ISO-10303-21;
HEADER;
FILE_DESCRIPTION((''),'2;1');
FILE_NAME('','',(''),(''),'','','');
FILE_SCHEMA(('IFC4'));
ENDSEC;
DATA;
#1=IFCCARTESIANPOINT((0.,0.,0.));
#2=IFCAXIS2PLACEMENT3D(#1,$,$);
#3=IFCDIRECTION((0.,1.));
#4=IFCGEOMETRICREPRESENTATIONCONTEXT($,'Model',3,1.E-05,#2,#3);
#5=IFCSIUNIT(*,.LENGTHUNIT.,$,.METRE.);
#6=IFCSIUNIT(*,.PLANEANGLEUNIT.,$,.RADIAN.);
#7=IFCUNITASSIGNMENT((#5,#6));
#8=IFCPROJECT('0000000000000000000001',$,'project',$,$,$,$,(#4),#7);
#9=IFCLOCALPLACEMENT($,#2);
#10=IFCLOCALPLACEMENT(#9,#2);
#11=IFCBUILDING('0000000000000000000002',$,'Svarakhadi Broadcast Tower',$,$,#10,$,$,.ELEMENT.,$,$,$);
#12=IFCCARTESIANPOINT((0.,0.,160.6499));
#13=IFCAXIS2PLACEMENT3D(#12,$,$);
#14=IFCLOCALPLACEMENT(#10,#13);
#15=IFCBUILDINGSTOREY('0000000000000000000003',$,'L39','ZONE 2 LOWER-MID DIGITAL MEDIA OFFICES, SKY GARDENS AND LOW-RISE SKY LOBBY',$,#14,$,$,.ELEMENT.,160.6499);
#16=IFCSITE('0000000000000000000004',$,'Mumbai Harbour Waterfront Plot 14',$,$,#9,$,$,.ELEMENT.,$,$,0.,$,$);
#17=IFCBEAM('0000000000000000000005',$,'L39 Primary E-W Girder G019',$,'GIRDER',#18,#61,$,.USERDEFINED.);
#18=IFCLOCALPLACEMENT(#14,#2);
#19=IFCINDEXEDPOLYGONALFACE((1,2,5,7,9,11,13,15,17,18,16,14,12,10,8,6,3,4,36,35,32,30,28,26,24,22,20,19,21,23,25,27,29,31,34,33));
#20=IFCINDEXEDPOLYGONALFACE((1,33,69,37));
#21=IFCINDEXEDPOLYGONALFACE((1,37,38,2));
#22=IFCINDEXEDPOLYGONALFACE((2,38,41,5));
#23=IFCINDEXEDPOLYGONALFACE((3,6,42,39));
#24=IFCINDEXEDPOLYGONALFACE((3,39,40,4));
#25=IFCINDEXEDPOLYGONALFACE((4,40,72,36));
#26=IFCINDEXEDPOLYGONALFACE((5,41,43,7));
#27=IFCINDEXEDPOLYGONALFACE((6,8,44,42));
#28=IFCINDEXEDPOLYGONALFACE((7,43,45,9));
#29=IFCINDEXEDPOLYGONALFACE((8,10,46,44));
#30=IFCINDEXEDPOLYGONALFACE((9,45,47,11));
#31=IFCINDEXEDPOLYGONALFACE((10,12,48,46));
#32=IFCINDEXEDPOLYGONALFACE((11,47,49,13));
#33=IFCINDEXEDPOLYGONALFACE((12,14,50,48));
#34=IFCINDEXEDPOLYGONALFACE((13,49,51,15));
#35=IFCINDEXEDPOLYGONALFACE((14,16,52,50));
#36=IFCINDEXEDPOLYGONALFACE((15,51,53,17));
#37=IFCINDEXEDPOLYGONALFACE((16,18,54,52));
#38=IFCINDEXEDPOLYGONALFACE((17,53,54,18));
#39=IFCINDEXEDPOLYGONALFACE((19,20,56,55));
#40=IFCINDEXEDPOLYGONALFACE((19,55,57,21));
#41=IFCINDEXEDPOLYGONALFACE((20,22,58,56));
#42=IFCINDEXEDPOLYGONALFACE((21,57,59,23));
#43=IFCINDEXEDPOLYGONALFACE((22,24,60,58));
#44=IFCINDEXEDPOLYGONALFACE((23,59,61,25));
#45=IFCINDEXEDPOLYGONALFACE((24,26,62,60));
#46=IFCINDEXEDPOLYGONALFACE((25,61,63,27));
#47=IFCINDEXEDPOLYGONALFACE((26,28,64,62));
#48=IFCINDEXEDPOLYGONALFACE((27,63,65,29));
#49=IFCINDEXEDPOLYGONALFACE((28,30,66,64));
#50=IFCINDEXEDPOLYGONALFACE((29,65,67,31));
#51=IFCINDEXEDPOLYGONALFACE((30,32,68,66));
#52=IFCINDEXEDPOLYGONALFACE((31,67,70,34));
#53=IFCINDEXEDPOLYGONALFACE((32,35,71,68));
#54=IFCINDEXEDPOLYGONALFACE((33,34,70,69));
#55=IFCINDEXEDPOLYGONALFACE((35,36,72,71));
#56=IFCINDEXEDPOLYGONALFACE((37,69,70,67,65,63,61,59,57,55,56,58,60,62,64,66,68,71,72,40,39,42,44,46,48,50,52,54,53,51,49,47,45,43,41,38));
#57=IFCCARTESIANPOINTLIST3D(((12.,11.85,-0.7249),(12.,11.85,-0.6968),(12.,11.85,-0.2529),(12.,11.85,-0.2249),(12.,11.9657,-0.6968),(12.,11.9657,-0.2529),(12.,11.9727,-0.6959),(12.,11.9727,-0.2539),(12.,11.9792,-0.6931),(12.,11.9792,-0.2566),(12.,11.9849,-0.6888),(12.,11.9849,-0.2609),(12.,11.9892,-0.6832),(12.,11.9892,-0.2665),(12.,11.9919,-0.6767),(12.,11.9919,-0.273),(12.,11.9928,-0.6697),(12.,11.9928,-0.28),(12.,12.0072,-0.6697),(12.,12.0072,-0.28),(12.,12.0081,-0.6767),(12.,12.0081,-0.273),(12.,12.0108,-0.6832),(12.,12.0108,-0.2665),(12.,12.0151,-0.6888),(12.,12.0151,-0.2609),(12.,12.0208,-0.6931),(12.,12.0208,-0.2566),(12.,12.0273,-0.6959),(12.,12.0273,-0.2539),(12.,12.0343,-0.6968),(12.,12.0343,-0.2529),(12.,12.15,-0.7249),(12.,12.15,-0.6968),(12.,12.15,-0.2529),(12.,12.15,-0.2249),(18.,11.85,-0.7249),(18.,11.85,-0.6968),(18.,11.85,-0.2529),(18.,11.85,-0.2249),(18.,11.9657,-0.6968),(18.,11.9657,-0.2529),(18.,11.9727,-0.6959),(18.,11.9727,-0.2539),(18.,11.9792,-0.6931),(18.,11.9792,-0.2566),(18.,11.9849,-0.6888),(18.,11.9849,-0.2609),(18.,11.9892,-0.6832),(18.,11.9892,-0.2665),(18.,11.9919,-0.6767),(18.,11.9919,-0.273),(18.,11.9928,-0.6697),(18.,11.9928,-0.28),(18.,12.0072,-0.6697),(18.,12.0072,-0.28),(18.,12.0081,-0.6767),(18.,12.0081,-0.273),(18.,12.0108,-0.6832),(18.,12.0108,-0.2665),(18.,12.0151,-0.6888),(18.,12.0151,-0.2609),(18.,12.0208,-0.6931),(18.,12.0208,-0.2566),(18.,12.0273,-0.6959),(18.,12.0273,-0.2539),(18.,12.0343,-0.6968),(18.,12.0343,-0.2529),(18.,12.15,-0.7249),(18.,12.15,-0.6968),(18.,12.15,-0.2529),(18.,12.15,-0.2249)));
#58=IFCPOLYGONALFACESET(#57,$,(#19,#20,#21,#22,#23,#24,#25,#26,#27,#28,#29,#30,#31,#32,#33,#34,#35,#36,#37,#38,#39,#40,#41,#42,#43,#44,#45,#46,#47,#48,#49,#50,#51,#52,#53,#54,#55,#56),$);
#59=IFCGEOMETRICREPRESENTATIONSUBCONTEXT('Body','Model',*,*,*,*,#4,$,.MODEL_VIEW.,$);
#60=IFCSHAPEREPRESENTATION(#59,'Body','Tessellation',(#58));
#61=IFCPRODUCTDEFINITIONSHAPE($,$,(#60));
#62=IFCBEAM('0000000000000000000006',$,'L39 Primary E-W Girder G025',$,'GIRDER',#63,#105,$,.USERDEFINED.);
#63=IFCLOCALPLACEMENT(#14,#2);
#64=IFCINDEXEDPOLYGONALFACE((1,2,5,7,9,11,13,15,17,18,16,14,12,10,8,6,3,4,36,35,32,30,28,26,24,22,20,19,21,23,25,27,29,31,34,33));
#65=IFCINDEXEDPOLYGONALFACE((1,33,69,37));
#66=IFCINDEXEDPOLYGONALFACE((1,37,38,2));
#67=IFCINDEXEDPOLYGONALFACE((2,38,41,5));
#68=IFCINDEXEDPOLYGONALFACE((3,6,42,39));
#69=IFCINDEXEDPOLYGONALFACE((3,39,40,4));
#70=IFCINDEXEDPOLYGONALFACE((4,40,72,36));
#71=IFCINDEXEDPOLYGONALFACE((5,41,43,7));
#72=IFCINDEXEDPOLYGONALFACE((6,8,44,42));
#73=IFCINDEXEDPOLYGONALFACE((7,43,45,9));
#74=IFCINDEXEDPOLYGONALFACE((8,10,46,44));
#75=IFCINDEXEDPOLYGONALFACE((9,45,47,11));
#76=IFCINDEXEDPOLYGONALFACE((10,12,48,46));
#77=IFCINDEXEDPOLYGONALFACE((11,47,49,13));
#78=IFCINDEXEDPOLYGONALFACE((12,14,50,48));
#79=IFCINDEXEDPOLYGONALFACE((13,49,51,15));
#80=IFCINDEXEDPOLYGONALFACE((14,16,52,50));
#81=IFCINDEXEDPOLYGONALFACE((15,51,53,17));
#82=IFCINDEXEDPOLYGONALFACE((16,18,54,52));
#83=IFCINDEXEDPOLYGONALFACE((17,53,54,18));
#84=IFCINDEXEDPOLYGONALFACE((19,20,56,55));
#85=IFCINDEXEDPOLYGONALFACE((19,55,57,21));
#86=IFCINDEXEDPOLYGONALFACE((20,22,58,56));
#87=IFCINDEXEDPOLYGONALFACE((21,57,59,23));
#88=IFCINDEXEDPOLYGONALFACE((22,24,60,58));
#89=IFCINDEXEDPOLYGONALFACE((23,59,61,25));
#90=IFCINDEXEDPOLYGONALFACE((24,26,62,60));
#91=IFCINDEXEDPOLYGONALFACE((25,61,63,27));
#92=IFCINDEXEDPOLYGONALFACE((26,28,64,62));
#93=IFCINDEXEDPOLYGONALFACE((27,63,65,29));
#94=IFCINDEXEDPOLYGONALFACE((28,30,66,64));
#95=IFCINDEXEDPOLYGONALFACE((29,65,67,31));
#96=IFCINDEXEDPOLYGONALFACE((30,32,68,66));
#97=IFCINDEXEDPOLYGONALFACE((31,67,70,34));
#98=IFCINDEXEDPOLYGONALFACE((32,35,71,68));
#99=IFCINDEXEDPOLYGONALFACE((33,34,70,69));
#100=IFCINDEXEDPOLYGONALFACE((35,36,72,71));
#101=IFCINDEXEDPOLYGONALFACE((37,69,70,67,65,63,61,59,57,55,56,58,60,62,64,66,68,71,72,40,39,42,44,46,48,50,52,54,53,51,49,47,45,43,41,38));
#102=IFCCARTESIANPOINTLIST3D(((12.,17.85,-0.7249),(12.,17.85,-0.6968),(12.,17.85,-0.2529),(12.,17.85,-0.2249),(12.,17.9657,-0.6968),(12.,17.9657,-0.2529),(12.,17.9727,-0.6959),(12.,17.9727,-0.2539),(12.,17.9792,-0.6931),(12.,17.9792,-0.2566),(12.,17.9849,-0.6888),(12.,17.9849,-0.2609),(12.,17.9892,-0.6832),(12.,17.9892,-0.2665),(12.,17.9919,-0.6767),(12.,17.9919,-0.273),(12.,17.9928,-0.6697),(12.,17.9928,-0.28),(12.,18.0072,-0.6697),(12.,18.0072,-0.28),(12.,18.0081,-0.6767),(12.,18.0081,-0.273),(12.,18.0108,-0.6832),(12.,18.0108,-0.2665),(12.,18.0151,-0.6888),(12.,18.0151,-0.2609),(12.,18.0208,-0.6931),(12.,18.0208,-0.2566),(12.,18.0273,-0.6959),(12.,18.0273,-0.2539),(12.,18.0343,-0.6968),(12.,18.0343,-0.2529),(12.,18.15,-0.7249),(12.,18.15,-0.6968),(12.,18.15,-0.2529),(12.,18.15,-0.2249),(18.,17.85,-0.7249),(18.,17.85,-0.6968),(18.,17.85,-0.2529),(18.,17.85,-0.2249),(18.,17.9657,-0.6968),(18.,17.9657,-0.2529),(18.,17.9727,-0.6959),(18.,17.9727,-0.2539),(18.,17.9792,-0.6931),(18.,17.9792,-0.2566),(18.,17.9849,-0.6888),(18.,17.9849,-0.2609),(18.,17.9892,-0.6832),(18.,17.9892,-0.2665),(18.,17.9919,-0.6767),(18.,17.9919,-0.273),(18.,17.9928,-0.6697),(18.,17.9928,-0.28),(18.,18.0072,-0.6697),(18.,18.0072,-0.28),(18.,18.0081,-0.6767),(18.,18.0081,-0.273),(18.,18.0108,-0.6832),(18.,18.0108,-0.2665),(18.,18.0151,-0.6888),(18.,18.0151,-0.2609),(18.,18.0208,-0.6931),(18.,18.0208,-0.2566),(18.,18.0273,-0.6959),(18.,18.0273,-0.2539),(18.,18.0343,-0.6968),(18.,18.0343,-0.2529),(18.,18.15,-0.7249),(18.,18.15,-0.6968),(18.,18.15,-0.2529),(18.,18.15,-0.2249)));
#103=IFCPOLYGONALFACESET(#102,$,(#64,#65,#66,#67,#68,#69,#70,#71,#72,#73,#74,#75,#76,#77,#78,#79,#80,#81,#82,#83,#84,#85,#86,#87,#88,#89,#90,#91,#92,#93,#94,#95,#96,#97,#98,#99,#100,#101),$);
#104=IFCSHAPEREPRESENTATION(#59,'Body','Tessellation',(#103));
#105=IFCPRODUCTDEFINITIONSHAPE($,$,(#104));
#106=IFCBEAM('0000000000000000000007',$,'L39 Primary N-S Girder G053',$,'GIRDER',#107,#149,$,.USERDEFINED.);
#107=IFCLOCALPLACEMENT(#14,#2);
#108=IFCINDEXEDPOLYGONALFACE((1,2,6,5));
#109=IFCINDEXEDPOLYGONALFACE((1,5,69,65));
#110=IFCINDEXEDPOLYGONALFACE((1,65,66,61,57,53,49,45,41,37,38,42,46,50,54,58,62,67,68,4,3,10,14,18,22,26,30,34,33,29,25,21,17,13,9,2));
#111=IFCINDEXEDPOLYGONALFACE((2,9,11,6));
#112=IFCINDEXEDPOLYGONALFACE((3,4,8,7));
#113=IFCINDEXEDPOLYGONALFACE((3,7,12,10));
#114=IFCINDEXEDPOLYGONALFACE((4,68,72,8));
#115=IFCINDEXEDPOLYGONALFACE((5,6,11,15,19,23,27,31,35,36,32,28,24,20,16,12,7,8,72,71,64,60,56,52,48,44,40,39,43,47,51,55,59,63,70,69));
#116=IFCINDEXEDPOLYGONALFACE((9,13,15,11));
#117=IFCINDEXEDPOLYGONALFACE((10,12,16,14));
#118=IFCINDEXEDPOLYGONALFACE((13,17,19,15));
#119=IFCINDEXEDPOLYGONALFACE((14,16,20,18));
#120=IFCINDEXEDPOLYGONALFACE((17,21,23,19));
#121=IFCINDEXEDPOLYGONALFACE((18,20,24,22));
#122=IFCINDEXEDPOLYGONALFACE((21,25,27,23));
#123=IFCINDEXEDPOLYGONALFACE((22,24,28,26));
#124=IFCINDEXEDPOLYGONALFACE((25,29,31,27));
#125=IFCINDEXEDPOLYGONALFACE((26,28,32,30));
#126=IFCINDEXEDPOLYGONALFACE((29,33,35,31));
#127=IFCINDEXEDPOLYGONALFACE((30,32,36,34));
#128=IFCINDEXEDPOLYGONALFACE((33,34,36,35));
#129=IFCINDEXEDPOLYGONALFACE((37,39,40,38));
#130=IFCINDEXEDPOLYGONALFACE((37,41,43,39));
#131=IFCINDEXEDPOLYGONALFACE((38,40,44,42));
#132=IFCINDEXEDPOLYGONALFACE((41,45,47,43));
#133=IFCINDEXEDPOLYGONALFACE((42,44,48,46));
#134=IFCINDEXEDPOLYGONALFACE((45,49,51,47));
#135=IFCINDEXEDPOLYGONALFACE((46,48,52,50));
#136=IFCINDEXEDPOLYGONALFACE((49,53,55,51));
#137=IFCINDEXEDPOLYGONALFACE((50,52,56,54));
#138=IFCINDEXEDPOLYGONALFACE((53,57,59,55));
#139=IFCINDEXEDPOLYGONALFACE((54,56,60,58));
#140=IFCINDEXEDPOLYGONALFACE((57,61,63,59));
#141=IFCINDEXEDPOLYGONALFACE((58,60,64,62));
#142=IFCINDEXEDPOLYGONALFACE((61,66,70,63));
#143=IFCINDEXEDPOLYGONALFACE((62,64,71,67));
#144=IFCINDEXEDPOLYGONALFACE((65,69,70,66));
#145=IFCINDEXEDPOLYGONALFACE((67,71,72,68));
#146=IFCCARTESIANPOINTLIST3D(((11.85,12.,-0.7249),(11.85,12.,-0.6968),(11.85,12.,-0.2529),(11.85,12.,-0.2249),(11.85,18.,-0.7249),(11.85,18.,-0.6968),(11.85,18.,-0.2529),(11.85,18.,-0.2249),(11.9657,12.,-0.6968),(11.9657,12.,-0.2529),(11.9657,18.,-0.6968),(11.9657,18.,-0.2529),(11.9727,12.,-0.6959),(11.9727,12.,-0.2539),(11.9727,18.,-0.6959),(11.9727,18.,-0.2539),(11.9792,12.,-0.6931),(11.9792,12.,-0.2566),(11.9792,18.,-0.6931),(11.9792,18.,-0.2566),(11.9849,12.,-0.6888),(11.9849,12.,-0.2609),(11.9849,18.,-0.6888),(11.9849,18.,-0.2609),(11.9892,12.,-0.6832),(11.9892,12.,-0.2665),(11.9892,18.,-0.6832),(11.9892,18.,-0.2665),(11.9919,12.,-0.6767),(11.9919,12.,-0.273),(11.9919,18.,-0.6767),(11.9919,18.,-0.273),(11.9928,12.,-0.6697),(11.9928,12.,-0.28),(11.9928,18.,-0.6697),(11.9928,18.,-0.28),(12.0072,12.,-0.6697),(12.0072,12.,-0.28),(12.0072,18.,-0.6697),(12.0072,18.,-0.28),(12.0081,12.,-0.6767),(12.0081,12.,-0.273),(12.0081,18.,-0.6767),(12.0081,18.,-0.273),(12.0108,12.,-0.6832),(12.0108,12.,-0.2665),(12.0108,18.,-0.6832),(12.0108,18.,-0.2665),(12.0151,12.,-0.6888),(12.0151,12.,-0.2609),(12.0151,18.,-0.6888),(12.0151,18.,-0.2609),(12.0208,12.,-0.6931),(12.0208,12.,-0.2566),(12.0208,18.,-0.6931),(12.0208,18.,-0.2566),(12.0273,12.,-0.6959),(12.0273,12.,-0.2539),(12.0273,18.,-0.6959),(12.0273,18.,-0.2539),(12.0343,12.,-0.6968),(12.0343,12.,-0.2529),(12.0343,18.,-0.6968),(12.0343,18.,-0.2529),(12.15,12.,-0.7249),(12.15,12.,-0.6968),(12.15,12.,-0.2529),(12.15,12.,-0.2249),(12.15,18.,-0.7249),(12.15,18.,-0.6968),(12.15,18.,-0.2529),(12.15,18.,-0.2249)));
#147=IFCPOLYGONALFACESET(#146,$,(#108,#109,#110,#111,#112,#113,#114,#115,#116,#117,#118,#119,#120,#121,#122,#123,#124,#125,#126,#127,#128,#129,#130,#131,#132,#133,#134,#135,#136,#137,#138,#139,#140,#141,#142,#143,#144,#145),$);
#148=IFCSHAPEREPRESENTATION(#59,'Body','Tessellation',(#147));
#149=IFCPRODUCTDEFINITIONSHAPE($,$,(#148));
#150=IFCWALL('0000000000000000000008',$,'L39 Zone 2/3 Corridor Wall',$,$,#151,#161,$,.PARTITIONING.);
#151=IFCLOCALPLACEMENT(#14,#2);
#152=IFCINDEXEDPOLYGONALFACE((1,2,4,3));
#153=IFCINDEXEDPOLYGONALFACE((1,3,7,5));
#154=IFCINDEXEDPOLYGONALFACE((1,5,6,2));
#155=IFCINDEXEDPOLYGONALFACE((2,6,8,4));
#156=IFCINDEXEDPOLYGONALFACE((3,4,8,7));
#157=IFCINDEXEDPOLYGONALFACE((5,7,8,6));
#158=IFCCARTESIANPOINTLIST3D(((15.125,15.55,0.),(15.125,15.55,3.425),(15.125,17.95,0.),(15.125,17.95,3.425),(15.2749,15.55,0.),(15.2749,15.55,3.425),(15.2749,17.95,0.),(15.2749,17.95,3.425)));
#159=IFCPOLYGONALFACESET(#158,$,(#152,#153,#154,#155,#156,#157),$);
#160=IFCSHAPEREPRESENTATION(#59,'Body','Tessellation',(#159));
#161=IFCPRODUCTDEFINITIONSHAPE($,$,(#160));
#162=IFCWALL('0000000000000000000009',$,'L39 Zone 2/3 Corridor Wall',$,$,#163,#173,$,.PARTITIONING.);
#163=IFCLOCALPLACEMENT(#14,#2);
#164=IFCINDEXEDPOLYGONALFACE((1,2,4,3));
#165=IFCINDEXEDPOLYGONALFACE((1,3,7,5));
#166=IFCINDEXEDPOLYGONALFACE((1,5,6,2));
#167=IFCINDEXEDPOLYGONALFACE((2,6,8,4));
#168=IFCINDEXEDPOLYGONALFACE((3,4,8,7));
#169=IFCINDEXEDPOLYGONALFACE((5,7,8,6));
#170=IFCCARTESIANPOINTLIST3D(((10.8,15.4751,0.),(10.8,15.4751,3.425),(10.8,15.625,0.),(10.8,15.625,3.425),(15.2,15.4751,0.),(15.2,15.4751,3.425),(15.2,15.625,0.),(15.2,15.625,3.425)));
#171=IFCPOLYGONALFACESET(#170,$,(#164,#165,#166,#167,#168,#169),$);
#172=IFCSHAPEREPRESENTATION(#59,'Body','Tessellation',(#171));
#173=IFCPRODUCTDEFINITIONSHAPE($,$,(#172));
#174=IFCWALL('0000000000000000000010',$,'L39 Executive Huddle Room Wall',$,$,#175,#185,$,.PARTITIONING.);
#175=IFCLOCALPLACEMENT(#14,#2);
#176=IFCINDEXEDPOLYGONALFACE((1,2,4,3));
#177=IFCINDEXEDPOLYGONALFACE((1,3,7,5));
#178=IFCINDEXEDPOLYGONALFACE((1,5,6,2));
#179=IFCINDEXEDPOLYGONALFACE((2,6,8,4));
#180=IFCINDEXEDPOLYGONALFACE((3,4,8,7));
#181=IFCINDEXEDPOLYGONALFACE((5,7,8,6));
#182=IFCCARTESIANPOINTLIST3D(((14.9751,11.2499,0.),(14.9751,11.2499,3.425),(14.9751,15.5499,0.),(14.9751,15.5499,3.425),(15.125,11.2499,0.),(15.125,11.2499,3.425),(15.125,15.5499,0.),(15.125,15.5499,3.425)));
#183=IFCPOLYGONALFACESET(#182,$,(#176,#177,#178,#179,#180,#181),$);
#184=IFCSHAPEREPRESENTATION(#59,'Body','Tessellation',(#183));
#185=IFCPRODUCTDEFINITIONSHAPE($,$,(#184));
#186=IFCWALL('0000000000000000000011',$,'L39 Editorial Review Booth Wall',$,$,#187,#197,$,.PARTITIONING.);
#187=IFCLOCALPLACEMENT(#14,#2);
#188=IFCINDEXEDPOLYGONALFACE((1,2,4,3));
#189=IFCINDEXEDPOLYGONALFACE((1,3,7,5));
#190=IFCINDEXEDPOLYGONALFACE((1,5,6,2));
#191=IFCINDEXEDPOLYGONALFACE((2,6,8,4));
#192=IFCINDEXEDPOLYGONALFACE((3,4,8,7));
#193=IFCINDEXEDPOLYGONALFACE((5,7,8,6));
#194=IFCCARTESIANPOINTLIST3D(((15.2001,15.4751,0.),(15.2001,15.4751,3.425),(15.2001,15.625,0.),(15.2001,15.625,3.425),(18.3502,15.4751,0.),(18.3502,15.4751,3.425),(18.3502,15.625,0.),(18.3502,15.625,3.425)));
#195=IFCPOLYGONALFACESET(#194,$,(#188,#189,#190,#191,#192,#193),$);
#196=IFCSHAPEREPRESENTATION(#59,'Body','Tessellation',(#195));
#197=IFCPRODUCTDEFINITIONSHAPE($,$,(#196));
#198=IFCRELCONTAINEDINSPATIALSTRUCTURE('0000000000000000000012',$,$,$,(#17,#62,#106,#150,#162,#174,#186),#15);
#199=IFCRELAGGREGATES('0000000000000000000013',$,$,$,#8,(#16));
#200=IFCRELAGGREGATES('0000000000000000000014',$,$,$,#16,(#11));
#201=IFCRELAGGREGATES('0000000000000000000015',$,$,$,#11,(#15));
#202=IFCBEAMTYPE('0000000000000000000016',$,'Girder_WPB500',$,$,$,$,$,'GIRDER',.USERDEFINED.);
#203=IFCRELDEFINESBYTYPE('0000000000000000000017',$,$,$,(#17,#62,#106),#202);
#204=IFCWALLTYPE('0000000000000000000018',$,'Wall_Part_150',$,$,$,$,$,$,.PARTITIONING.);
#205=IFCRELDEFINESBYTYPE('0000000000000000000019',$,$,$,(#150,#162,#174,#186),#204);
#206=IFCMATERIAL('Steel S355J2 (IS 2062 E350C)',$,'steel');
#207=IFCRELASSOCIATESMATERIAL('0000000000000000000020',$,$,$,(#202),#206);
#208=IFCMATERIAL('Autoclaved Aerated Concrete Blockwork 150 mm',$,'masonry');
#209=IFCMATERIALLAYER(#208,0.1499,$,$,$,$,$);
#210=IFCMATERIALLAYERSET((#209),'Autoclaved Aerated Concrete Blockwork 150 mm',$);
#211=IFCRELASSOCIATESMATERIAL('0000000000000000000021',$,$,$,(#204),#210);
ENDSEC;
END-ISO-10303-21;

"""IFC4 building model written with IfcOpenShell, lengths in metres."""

from ifc_helpers import new_model, si_unit, direction, frame, frame_2d, origin, origin_2d, place, context, subcontext, project, spatial, rectangle, i_section, extrude, material, layer, layer_set, material_profile, profile_set, type_object, element, save


model = new_model("IFC4")

# Units and contexts
model_context = context("Model", 3, precision=1e-05, world=origin(), true_north=direction((0.0, 1.0)))
body_context = subcontext(model_context, "Body", "Model", "MODEL_VIEW")
ifc_project = project(units=[si_unit("LENGTHUNIT", "METRE"), si_unit("PLANEANGLEUNIT", "RADIAN")], contexts=[model_context])

# Site, building, storey
site_placement = place(None, origin())
site = spatial("IfcSite", under=ifc_project, at=site_placement, Name="Mumbai Harbour Waterfront Plot 14", CompositionType="ELEMENT", RefElevation=0.0)
building_placement = place(site_placement, origin())
building = spatial("IfcBuilding", under=site, at=building_placement, Name="Svarakhadi Broadcast Tower", CompositionType="ELEMENT")
storey_placement = place(building_placement, frame((0.0, 0.0, 160.6499)))
storey = spatial("IfcBuildingStorey", under=building, at=storey_placement, Name="L39", Description="ZONE 2 LOWER-MID DIGITAL MEDIA OFFICES, SKY GARDENS AND LOW-RISE SKY LOBBY", CompositionType="ELEMENT", Elevation=160.6499)

# Beams
ifc_material_1 = material(Name="Steel S355J2 (IS 2062 E350C)", Category="steel")
ifc_material_profile_1 = material_profile(ifc_material_1, i_section(OverallWidth=0.3, OverallDepth=0.5, WebThickness=0.0144, FlangeThickness=0.0281, FilletRadius=0.0271, at=origin_2d()), Name="WPB 500x300x187")
ifc_profile_set_1 = profile_set([ifc_material_profile_1], Name="Steel S355J2 (IS 2062 E350C)")
beam_type_1 = type_object("IfcBeamType", Name="Girder_WPB500", ElementType="GIRDER", PredefinedType="USERDEFINED", material=ifc_profile_set_1)
for number, where, z_axis, x_axis, name in (
    (1, (12.0, 12.0, -0.4749), (1.0, 0.0, 0.0), (0.0, 1.0, 0.0), "L39 Primary E-W Girder G019"),
    (2, (12.0, 18.0, -0.4749), (1.0, 0.0, 0.0), (0.0, 1.0, 0.0), "L39 Primary E-W Girder G025"),
    (3, (12.0, 12.0, -0.4749), (0.0, 1.0, 0.0), (-1.0, 0.0, 0.0), "L39 Primary N-S Girder G053"),
):
    element("IfcBeam", number, at=place(storey_placement, frame(where, z_axis=z_axis, x_axis=x_axis)), inside=storey, type_object=beam_type_1, Name=name, ObjectType="GIRDER", PredefinedType="USERDEFINED", context=body_context, shape_type="SweptSolid", body=[
        extrude(i_section(OverallWidth=0.3, OverallDepth=0.5, WebThickness=0.0144, FlangeThickness=0.0281, FilletRadius=0.0271, at=origin_2d()), origin(), (0.0, 0.0, 1.0), 6.0),
    ])

# Walls
ifc_material_2 = material(Name="Autoclaved Aerated Concrete Blockwork 150 mm", Category="masonry")
ifc_layer_1 = layer(ifc_material_2, 0.1499)
ifc_layer_set_1 = layer_set([ifc_layer_1], Name="Autoclaved Aerated Concrete Blockwork 150 mm")
wall_type_1 = type_object("IfcWallType", Name="Wall_Part_150", PredefinedType="PARTITIONING", material=ifc_layer_set_1)
wall_1_placement = place(storey_placement, frame((15.2, 17.95, 0.0), z_axis=(0.0, 0.0, 1.0), x_axis=(0.0, -1.0, 0.0)))
element("IfcWall", 4, at=wall_1_placement, inside=storey, type_object=wall_type_1, Name="L39 Zone 2/3 Corridor Wall", PredefinedType="PARTITIONING", context=body_context, shape_type="SweptSolid", body=[
    extrude(rectangle(XDim=2.3999, YDim=0.1499, at=frame_2d((1.2, 0.0))), origin(), (0.0, 0.0, 1.0), 3.425),
])
wall_2_placement = place(storey_placement, frame((15.2, 15.55, 0.0), z_axis=(0.0, 0.0, 1.0), x_axis=(-1.0, 0.0, 0.0)))
element("IfcWall", 5, at=wall_2_placement, inside=storey, type_object=wall_type_1, Name="L39 Zone 2/3 Corridor Wall", PredefinedType="PARTITIONING", context=body_context, shape_type="SweptSolid", body=[
    extrude(rectangle(XDim=4.3999, YDim=0.1499, at=frame_2d((2.2, 0.0))), origin(), (0.0, 0.0, 1.0), 3.425),
])
wall_3_placement = place(storey_placement, frame((15.05, 11.25, 0.0), z_axis=(0.0, 0.0, 1.0), x_axis=(0.0, 1.0, 0.0)))
element("IfcWall", 6, at=wall_3_placement, inside=storey, type_object=wall_type_1, Name="L39 Executive Huddle Room Wall", PredefinedType="PARTITIONING", context=body_context, shape_type="SweptSolid", body=[
    extrude(rectangle(XDim=4.3, YDim=0.1499, at=frame_2d((2.1499, 0.0))), origin(), (0.0, 0.0, 1.0), 3.425),
])
wall_4_placement = place(storey_placement, frame((15.2, 15.55, 0.0), z_axis=(0.0, 0.0, 1.0), x_axis=(1.0, 0.0, 0.0)))
element("IfcWall", 7, at=wall_4_placement, inside=storey, type_object=wall_type_1, Name="L39 Editorial Review Booth Wall", PredefinedType="PARTITIONING", context=body_context, shape_type="SweptSolid", body=[
    extrude(rectangle(XDim=3.1501, YDim=0.1499, at=frame_2d((1.5752, 0.0))), origin(), (0.0, 0.0, 1.0), 3.425),
])

save(model, "model.ifc")
